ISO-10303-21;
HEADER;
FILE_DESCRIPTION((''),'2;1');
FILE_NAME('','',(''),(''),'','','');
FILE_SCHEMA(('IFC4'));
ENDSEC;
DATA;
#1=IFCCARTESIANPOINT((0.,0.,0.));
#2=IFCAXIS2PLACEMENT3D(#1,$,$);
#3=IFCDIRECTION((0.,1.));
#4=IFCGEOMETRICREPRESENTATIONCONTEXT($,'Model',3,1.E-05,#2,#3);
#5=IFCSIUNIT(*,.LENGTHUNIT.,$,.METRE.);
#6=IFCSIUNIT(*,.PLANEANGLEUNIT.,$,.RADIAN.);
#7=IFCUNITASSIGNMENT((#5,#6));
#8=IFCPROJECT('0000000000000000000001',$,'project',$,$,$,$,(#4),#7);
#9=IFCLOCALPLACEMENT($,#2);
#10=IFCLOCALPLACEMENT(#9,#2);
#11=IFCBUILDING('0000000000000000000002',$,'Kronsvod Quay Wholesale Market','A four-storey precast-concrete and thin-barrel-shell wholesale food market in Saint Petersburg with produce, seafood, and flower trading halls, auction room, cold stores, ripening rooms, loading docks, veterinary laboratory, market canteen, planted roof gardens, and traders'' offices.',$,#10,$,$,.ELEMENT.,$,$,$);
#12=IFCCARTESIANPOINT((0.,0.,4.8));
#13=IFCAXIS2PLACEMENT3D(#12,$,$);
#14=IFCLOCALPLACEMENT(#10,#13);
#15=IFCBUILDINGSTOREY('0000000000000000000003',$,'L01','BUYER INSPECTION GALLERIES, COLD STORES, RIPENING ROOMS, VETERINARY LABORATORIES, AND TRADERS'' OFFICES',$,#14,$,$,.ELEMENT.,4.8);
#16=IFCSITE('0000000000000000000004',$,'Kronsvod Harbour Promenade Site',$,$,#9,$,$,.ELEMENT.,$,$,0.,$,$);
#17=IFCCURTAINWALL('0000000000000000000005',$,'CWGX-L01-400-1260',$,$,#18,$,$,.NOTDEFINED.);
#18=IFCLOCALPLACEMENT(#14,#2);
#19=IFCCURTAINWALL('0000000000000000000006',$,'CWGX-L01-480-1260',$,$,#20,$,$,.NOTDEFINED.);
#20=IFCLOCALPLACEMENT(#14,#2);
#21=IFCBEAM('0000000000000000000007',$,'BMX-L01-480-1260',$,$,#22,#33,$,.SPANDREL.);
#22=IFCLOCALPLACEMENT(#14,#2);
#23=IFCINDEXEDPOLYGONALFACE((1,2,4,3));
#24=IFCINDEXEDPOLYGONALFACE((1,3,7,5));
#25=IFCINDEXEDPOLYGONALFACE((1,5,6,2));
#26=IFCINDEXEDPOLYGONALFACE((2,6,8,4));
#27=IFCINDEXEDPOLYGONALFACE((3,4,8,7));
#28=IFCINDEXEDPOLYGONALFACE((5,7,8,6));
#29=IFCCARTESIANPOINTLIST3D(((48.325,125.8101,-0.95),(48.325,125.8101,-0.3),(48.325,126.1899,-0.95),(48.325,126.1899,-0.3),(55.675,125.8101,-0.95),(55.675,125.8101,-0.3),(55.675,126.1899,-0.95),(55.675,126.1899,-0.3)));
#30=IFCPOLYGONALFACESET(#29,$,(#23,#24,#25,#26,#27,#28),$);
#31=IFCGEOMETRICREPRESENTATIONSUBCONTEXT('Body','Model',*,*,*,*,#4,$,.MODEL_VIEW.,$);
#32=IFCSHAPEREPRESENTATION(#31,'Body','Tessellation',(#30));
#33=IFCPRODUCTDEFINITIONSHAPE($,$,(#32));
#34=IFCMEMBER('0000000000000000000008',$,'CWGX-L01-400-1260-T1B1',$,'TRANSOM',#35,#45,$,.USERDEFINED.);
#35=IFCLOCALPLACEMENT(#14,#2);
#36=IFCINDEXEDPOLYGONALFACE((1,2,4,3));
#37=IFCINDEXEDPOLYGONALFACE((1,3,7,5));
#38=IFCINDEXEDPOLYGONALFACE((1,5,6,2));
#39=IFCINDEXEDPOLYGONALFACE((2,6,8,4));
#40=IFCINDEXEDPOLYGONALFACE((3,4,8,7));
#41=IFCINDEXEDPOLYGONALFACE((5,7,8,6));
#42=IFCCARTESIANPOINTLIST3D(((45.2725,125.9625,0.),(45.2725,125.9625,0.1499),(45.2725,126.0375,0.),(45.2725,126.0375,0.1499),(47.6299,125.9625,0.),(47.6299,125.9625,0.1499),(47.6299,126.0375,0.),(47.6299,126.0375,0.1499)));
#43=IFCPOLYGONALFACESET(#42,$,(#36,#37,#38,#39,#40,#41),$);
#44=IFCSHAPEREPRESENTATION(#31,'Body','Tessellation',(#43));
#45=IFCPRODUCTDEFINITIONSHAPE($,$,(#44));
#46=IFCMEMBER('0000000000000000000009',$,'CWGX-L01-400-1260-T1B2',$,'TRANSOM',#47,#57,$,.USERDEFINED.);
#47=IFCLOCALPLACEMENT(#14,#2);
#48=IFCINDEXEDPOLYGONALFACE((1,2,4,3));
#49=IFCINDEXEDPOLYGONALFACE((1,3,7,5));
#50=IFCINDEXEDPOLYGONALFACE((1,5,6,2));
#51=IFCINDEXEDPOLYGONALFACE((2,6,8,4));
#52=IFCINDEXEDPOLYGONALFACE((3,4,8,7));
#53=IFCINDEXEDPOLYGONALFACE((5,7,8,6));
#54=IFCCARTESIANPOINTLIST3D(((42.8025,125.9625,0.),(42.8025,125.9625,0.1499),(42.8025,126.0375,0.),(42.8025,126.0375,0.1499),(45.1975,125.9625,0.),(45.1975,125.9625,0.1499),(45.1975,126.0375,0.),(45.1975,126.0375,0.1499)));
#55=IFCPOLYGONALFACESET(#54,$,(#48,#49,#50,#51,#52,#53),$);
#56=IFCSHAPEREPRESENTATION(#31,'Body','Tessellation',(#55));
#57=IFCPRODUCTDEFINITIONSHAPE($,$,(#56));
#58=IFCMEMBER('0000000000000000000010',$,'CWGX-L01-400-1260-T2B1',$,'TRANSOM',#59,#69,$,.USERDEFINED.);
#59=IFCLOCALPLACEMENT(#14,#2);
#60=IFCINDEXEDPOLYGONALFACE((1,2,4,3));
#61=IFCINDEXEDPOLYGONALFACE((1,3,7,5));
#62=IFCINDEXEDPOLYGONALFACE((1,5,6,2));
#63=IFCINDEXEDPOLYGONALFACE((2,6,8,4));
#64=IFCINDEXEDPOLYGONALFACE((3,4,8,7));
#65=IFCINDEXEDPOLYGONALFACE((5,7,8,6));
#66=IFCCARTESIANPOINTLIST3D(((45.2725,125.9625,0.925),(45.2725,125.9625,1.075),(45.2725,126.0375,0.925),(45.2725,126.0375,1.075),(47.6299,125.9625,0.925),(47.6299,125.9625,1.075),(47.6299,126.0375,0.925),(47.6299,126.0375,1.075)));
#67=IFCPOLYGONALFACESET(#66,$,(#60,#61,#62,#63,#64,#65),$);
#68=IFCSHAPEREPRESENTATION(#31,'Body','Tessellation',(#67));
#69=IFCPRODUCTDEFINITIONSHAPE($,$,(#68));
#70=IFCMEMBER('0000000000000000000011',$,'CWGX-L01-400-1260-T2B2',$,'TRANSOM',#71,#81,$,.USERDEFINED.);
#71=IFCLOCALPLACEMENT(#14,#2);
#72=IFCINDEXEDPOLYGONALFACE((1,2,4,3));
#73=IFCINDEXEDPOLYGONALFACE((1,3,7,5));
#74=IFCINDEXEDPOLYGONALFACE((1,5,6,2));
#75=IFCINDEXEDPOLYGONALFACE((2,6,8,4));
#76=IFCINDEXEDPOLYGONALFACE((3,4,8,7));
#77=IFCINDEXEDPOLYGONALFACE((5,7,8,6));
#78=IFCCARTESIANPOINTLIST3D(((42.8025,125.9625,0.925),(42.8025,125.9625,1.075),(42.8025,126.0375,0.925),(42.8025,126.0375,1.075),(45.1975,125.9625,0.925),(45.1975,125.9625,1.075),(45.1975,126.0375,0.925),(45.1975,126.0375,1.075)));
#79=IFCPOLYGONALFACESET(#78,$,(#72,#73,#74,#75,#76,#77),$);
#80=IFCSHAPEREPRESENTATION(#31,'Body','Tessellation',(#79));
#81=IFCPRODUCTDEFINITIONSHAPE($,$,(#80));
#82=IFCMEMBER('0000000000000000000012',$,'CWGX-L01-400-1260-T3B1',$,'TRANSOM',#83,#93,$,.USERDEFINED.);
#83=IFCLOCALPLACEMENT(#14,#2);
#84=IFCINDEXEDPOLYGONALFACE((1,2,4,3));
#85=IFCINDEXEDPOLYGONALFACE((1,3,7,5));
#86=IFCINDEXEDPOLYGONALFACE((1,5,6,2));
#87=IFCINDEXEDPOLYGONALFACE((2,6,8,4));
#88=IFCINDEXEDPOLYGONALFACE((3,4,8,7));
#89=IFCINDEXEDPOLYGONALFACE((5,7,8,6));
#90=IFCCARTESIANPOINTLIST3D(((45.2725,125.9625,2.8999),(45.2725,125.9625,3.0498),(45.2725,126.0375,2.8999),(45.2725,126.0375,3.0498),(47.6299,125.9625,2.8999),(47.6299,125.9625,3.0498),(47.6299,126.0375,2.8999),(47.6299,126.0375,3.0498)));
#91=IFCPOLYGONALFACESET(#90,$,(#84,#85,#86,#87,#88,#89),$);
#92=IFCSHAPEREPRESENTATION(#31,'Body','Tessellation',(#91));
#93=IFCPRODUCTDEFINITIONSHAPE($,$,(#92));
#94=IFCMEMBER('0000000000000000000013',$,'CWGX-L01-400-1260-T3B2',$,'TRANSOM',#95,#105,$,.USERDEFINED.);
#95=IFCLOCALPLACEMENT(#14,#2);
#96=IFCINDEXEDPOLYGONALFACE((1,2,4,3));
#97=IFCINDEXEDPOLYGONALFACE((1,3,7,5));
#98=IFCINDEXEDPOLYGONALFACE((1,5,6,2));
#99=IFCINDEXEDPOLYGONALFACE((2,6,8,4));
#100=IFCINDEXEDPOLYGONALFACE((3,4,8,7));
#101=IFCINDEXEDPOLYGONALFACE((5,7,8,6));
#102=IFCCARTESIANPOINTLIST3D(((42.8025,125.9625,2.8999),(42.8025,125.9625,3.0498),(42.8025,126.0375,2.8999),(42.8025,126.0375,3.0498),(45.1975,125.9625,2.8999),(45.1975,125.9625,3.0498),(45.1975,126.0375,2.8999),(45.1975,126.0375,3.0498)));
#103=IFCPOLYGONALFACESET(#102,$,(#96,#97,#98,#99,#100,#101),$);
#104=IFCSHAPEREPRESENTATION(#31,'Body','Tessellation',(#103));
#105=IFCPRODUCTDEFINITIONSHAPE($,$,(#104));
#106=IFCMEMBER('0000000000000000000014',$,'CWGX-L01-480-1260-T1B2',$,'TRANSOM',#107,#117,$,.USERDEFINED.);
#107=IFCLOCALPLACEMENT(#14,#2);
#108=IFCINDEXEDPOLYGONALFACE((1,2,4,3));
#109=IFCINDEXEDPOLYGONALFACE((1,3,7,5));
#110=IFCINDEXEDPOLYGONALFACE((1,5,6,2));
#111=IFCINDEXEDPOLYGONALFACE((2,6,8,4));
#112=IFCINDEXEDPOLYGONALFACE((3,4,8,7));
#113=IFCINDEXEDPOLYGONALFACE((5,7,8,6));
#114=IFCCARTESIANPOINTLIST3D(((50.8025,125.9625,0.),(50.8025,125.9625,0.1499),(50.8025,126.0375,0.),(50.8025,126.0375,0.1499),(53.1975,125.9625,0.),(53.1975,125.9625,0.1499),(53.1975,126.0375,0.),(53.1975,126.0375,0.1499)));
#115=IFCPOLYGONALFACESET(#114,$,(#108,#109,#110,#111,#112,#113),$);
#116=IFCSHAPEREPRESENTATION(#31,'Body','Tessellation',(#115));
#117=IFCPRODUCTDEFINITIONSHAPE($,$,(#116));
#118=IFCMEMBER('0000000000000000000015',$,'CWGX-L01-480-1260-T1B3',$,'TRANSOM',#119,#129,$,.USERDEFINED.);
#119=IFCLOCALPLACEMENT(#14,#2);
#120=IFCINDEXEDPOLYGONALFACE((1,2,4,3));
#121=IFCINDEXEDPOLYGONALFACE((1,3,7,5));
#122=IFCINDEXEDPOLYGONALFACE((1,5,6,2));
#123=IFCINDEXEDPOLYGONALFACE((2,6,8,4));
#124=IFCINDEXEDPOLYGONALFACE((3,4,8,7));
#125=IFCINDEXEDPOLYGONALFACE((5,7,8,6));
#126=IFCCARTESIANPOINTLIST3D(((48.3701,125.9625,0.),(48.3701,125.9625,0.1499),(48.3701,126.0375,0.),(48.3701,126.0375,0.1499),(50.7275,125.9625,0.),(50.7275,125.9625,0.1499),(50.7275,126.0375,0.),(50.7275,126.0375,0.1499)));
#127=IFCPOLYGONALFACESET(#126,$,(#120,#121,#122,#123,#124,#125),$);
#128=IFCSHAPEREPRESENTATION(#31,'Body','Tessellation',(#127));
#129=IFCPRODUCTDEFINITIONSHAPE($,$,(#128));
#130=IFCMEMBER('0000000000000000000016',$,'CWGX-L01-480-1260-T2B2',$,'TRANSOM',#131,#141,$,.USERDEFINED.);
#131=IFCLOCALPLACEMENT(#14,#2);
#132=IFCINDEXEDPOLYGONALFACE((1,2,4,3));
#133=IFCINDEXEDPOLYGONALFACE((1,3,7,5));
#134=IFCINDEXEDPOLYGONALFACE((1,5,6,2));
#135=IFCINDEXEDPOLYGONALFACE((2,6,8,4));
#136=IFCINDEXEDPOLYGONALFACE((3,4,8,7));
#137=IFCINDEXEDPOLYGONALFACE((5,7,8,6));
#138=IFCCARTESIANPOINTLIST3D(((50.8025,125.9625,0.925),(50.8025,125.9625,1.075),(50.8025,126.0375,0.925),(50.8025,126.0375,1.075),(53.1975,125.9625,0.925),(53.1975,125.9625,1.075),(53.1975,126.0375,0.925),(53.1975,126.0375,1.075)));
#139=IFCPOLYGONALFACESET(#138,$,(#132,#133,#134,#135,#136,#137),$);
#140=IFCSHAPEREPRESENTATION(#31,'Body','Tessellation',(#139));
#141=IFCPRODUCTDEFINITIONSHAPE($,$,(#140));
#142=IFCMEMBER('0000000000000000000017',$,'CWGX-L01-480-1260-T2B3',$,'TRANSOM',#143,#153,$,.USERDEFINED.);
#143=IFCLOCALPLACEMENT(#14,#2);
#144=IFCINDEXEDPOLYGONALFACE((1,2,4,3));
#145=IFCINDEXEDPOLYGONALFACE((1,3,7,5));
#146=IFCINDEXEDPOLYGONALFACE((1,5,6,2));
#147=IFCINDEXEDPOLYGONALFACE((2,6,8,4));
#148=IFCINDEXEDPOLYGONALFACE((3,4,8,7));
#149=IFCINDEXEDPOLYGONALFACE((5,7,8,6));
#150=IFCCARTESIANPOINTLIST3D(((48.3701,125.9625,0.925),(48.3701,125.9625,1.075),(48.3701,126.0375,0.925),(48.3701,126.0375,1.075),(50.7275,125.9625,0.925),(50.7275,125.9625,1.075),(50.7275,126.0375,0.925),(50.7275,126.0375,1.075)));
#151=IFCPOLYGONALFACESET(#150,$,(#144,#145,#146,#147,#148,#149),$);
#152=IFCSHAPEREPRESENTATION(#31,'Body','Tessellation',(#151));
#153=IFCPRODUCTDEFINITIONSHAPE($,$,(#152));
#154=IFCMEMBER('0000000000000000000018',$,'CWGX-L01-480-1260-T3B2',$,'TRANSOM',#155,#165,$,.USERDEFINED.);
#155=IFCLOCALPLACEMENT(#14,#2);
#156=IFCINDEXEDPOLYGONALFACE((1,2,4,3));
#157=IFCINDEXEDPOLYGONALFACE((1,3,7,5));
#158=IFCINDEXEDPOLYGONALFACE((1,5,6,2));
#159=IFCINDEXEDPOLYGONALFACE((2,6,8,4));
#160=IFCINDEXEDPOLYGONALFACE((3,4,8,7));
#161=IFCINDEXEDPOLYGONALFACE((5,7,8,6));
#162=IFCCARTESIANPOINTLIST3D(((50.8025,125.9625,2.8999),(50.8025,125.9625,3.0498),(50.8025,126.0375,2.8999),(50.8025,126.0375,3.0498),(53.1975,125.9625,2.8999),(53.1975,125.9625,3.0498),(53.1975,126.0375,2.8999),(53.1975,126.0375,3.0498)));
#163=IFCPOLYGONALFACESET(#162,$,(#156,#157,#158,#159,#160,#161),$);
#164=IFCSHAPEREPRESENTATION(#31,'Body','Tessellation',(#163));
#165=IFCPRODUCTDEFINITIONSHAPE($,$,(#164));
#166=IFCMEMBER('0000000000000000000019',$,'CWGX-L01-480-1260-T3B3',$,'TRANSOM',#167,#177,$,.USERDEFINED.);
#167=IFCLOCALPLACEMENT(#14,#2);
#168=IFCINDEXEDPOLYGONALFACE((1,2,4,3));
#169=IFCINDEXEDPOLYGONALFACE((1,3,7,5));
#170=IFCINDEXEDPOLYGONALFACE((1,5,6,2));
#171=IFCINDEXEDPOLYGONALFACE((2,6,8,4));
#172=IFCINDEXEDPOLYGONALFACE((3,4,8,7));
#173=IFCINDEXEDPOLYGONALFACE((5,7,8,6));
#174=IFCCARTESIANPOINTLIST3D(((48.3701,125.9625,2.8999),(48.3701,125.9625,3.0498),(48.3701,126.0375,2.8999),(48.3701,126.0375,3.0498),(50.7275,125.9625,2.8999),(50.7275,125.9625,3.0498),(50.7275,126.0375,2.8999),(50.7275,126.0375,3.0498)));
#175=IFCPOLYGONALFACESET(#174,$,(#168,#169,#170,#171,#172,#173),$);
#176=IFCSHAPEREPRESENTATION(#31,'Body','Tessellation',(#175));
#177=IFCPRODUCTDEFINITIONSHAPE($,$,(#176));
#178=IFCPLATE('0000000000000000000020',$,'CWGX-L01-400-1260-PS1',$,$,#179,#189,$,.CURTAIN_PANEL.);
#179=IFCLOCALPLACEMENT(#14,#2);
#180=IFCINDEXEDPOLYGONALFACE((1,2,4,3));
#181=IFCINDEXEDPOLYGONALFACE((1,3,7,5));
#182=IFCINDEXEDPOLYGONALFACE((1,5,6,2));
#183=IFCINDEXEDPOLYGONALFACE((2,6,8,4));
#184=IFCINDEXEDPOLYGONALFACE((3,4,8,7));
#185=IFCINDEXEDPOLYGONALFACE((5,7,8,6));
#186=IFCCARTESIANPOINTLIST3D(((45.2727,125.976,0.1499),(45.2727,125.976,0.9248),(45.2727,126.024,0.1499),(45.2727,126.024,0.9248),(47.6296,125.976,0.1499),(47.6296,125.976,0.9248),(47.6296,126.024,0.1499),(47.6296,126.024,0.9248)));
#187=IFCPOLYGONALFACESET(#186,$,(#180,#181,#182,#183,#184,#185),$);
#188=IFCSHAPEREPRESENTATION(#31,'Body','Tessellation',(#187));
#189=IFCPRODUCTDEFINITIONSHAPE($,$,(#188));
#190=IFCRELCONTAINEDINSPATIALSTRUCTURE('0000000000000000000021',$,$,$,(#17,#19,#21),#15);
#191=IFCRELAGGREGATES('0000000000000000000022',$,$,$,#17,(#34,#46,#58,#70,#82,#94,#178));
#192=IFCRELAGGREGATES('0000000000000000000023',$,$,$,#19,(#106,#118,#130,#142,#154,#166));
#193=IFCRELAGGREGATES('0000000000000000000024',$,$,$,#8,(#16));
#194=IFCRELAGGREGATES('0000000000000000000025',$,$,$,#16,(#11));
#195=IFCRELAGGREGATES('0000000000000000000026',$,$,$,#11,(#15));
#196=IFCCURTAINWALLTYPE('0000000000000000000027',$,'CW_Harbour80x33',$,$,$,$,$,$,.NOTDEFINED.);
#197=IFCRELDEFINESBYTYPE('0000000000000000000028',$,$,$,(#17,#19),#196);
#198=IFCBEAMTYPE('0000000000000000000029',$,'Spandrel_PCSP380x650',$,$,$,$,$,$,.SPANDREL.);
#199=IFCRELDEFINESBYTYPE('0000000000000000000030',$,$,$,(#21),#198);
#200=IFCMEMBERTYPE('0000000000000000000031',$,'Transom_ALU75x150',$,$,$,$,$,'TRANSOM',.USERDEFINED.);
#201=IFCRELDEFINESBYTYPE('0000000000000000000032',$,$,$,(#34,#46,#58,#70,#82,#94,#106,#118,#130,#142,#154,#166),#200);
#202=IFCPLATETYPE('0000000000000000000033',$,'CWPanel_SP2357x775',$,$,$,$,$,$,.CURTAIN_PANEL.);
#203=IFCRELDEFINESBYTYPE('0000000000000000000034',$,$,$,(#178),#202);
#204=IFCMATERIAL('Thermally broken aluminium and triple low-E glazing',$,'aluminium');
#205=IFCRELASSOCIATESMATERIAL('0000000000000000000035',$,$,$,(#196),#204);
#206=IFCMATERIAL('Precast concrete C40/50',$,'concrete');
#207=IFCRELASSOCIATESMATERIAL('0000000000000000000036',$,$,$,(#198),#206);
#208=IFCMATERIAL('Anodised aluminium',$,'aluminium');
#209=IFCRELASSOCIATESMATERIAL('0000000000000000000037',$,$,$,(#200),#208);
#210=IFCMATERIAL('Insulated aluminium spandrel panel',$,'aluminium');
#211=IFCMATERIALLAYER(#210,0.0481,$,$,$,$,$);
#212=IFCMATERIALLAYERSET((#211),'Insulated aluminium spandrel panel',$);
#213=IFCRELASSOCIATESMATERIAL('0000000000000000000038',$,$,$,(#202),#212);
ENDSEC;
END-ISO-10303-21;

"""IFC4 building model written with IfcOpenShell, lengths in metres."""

from ifc_helpers import new_model, si_unit, direction, frame, origin, origin_2d, place, context, subcontext, project, spatial, rectangle, extrude, material, layer, layer_set, material_profile, profile_set, type_object, element, aggregate, save


model = new_model("IFC4")

# Units and contexts
model_context = context("Model", 3, precision=1e-05, world=origin(), true_north=direction((0.0, 1.0)))
body_context = subcontext(model_context, "Body", "Model", "MODEL_VIEW")
ifc_project = project(units=[si_unit("LENGTHUNIT", "METRE"), si_unit("PLANEANGLEUNIT", "RADIAN")], contexts=[model_context])

# Site, building, storey
site_placement = place(None, origin())
site = spatial("IfcSite", under=ifc_project, at=site_placement, Name="Kronsvod Harbour Promenade Site", CompositionType="ELEMENT", RefElevation=0.0)
building_placement = place(site_placement, origin())
building = spatial("IfcBuilding", under=site, at=building_placement, Name="Kronsvod Quay Wholesale Market", Description="A four-storey precast-concrete and thin-barrel-shell wholesale food market in Saint Petersburg with produce, seafood, and flower trading halls, auction room, cold stores, ripening rooms, loading docks, veterinary laboratory, market canteen, planted roof gardens, and traders' offices.", CompositionType="ELEMENT")
storey_placement = place(building_placement, frame((0.0, 0.0, 4.8)))
storey = spatial("IfcBuildingStorey", under=building, at=storey_placement, Name="L01", Description="BUYER INSPECTION GALLERIES, COLD STORES, RIPENING ROOMS, VETERINARY LABORATORIES, AND TRADERS' OFFICES", CompositionType="ELEMENT", Elevation=4.8)

# Curtain walls
ifc_material_1 = material(Name="Thermally broken aluminium and triple low-E glazing", Category="aluminium")
curtain_wall_type = type_object("IfcCurtainWallType", Name="CW_Harbour80x33", PredefinedType="NOTDEFINED", material=ifc_material_1)
curtain_wall_1_placement = place(storey_placement, origin())
curtain_wall_1 = element("IfcCurtainWall", 1, at=curtain_wall_1_placement, inside=storey, type_object=curtain_wall_type, Name="CWGX-L01-400-1260", PredefinedType="NOTDEFINED")
curtain_wall_2_placement = place(storey_placement, origin())
curtain_wall_2 = element("IfcCurtainWall", 2, at=curtain_wall_2_placement, inside=storey, type_object=curtain_wall_type, Name="CWGX-L01-480-1260", PredefinedType="NOTDEFINED")

# Beam
ifc_material_2 = material(Name="Precast concrete C40/50", Category="concrete")
ifc_material_profile_1 = material_profile(ifc_material_2, rectangle(XDim=0.3799, YDim=0.6499, at=origin_2d()), Name="SPB-03")
ifc_profile_set_1 = profile_set([ifc_material_profile_1], Name="Precast concrete C40/50")
beam_type_1 = type_object("IfcBeamType", Name="Spandrel_PCSP380x650", PredefinedType="SPANDREL", material=ifc_profile_set_1)
beam_1_placement = place(storey_placement, frame((48.325, 126.0, -0.625), z_axis=(1.0, 0.0, 0.0), x_axis=(0.0, 1.0, 0.0)))
element("IfcBeam", 3, at=beam_1_placement, inside=storey, type_object=beam_type_1, Name="BMX-L01-480-1260", PredefinedType="SPANDREL", context=body_context, shape_type="SweptSolid", body=[
    extrude(rectangle(XDim=0.3799, YDim=0.6499, at=origin_2d()), origin(), (0.0, 0.0, 1.0), 7.3501),
])

# Members
ifc_material_3 = material(Name="Anodised aluminium", Category="aluminium")
ifc_material_profile_2 = material_profile(ifc_material_3, rectangle(XDim=0.075, YDim=0.1499, at=origin_2d()), Name="ALUT75x150")
ifc_profile_set_2 = profile_set([ifc_material_profile_2], Name="Anodised aluminium")
member_type_1 = type_object("IfcMemberType", Name="Transom_ALU75x150", ElementType="TRANSOM", PredefinedType="USERDEFINED", material=ifc_profile_set_2)
member_1_placement = place(storey_placement, frame((47.6299, 126.0, 0.075), z_axis=(-1.0, 0.0, 0.0), x_axis=(0.0, -1.0, 0.0)))
member_1 = element("IfcMember", 4, at=member_1_placement, type_object=member_type_1, Name="CWGX-L01-400-1260-T1B1", ObjectType="TRANSOM", PredefinedType="USERDEFINED", context=body_context, shape_type="SweptSolid", body=[
    extrude(rectangle(XDim=0.075, YDim=0.1499, at=origin_2d()), origin(), (0.0, 0.0, 1.0), 2.3574),
])
member_2_placement = place(storey_placement, frame((45.1975, 126.0, 0.075), z_axis=(-1.0, 0.0, 0.0), x_axis=(0.0, -1.0, 0.0)))
member_2 = element("IfcMember", 5, at=member_2_placement, type_object=member_type_1, Name="CWGX-L01-400-1260-T1B2", ObjectType="TRANSOM", PredefinedType="USERDEFINED", context=body_context, shape_type="SweptSolid", body=[
    extrude(rectangle(XDim=0.075, YDim=0.1499, at=origin_2d()), origin(), (0.0, 0.0, 1.0), 2.395),
])
member_3_placement = place(storey_placement, frame((47.6299, 126.0, 1.0), z_axis=(-1.0, 0.0, 0.0), x_axis=(0.0, -1.0, 0.0)))
member_3 = element("IfcMember", 6, at=member_3_placement, type_object=member_type_1, Name="CWGX-L01-400-1260-T2B1", ObjectType="TRANSOM", PredefinedType="USERDEFINED", context=body_context, shape_type="SweptSolid", body=[
    extrude(rectangle(XDim=0.075, YDim=0.1499, at=origin_2d()), origin(), (0.0, 0.0, 1.0), 2.3574),
])
member_4_placement = place(storey_placement, frame((45.1975, 126.0, 1.0), z_axis=(-1.0, 0.0, 0.0), x_axis=(0.0, -1.0, 0.0)))
member_4 = element("IfcMember", 7, at=member_4_placement, type_object=member_type_1, Name="CWGX-L01-400-1260-T2B2", ObjectType="TRANSOM", PredefinedType="USERDEFINED", context=body_context, shape_type="SweptSolid", body=[
    extrude(rectangle(XDim=0.075, YDim=0.1499, at=origin_2d()), origin(), (0.0, 0.0, 1.0), 2.395),
])
member_5_placement = place(storey_placement, frame((47.6299, 126.0, 2.9749), z_axis=(-1.0, 0.0, 0.0), x_axis=(0.0, -1.0, 0.0)))
member_5 = element("IfcMember", 8, at=member_5_placement, type_object=member_type_1, Name="CWGX-L01-400-1260-T3B1", ObjectType="TRANSOM", PredefinedType="USERDEFINED", context=body_context, shape_type="SweptSolid", body=[
    extrude(rectangle(XDim=0.075, YDim=0.1499, at=origin_2d()), origin(), (0.0, 0.0, 1.0), 2.3574),
])
member_6_placement = place(storey_placement, frame((45.1975, 126.0, 2.9749), z_axis=(-1.0, 0.0, 0.0), x_axis=(0.0, -1.0, 0.0)))
member_6 = element("IfcMember", 9, at=member_6_placement, type_object=member_type_1, Name="CWGX-L01-400-1260-T3B2", ObjectType="TRANSOM", PredefinedType="USERDEFINED", context=body_context, shape_type="SweptSolid", body=[
    extrude(rectangle(XDim=0.075, YDim=0.1499, at=origin_2d()), origin(), (0.0, 0.0, 1.0), 2.395),
])
member_7_placement = place(storey_placement, frame((53.1975, 126.0, 0.075), z_axis=(-1.0, 0.0, 0.0), x_axis=(0.0, -1.0, 0.0)))
member_7 = element("IfcMember", 10, at=member_7_placement, type_object=member_type_1, Name="CWGX-L01-480-1260-T1B2", ObjectType="TRANSOM", PredefinedType="USERDEFINED", context=body_context, shape_type="SweptSolid", body=[
    extrude(rectangle(XDim=0.075, YDim=0.1499, at=origin_2d()), origin(), (0.0, 0.0, 1.0), 2.395),
])
member_8_placement = place(storey_placement, frame((50.7275, 126.0, 0.075), z_axis=(-1.0, 0.0, 0.0), x_axis=(0.0, -1.0, 0.0)))
member_8 = element("IfcMember", 11, at=member_8_placement, type_object=member_type_1, Name="CWGX-L01-480-1260-T1B3", ObjectType="TRANSOM", PredefinedType="USERDEFINED", context=body_context, shape_type="SweptSolid", body=[
    extrude(rectangle(XDim=0.075, YDim=0.1499, at=origin_2d()), origin(), (0.0, 0.0, 1.0), 2.3574),
])
member_9_placement = place(storey_placement, frame((53.1975, 126.0, 1.0), z_axis=(-1.0, 0.0, 0.0), x_axis=(0.0, -1.0, 0.0)))
member_9 = element("IfcMember", 12, at=member_9_placement, type_object=member_type_1, Name="CWGX-L01-480-1260-T2B2", ObjectType="TRANSOM", PredefinedType="USERDEFINED", context=body_context, shape_type="SweptSolid", body=[
    extrude(rectangle(XDim=0.075, YDim=0.1499, at=origin_2d()), origin(), (0.0, 0.0, 1.0), 2.395),
])
member_10_placement = place(storey_placement, frame((50.7275, 126.0, 1.0), z_axis=(-1.0, 0.0, 0.0), x_axis=(0.0, -1.0, 0.0)))
member_10 = element("IfcMember", 13, at=member_10_placement, type_object=member_type_1, Name="CWGX-L01-480-1260-T2B3", ObjectType="TRANSOM", PredefinedType="USERDEFINED", context=body_context, shape_type="SweptSolid", body=[
    extrude(rectangle(XDim=0.075, YDim=0.1499, at=origin_2d()), origin(), (0.0, 0.0, 1.0), 2.3574),
])
member_11_placement = place(storey_placement, frame((53.1975, 126.0, 2.9749), z_axis=(-1.0, 0.0, 0.0), x_axis=(0.0, -1.0, 0.0)))
member_11 = element("IfcMember", 14, at=member_11_placement, type_object=member_type_1, Name="CWGX-L01-480-1260-T3B2", ObjectType="TRANSOM", PredefinedType="USERDEFINED", context=body_context, shape_type="SweptSolid", body=[
    extrude(rectangle(XDim=0.075, YDim=0.1499, at=origin_2d()), origin(), (0.0, 0.0, 1.0), 2.395),
])
member_12_placement = place(storey_placement, frame((50.7275, 126.0, 2.9749), z_axis=(-1.0, 0.0, 0.0), x_axis=(0.0, -1.0, 0.0)))
member_12 = element("IfcMember", 15, at=member_12_placement, type_object=member_type_1, Name="CWGX-L01-480-1260-T3B3", ObjectType="TRANSOM", PredefinedType="USERDEFINED", context=body_context, shape_type="SweptSolid", body=[
    extrude(rectangle(XDim=0.075, YDim=0.1499, at=origin_2d()), origin(), (0.0, 0.0, 1.0), 2.3574),
])

# Plate
ifc_material_4 = material(Name="Insulated aluminium spandrel panel", Category="aluminium")
ifc_layer_1 = layer(ifc_material_4, 0.0481)
ifc_layer_set_1 = layer_set([ifc_layer_1], Name="Insulated aluminium spandrel panel")
plate_type_1 = type_object("IfcPlateType", Name="CWPanel_SP2357x775", PredefinedType="CURTAIN_PANEL", material=ifc_layer_set_1)
plate_1_placement = place(storey_placement, frame((46.4512, 126.0, 0.1499), z_axis=(0.0, 0.0, 1.0), x_axis=(-1.0, 0.0, 0.0)))
plate_1 = element("IfcPlate", 16, at=plate_1_placement, type_object=plate_type_1, Name="CWGX-L01-400-1260-PS1", PredefinedType="CURTAIN_PANEL", context=body_context, shape_type="SweptSolid", body=[
    extrude(rectangle(XDim=2.3569, YDim=0.0481, at=origin_2d()), origin(), (0.0, 0.0, 1.0), 0.7749),
])
aggregate(curtain_wall_1, [member_1, member_2, member_3, member_4, member_5, member_6, plate_1])
aggregate(curtain_wall_2, [member_7, member_8, member_9, member_10, member_11, member_12])

save(model, "model.ifc")
